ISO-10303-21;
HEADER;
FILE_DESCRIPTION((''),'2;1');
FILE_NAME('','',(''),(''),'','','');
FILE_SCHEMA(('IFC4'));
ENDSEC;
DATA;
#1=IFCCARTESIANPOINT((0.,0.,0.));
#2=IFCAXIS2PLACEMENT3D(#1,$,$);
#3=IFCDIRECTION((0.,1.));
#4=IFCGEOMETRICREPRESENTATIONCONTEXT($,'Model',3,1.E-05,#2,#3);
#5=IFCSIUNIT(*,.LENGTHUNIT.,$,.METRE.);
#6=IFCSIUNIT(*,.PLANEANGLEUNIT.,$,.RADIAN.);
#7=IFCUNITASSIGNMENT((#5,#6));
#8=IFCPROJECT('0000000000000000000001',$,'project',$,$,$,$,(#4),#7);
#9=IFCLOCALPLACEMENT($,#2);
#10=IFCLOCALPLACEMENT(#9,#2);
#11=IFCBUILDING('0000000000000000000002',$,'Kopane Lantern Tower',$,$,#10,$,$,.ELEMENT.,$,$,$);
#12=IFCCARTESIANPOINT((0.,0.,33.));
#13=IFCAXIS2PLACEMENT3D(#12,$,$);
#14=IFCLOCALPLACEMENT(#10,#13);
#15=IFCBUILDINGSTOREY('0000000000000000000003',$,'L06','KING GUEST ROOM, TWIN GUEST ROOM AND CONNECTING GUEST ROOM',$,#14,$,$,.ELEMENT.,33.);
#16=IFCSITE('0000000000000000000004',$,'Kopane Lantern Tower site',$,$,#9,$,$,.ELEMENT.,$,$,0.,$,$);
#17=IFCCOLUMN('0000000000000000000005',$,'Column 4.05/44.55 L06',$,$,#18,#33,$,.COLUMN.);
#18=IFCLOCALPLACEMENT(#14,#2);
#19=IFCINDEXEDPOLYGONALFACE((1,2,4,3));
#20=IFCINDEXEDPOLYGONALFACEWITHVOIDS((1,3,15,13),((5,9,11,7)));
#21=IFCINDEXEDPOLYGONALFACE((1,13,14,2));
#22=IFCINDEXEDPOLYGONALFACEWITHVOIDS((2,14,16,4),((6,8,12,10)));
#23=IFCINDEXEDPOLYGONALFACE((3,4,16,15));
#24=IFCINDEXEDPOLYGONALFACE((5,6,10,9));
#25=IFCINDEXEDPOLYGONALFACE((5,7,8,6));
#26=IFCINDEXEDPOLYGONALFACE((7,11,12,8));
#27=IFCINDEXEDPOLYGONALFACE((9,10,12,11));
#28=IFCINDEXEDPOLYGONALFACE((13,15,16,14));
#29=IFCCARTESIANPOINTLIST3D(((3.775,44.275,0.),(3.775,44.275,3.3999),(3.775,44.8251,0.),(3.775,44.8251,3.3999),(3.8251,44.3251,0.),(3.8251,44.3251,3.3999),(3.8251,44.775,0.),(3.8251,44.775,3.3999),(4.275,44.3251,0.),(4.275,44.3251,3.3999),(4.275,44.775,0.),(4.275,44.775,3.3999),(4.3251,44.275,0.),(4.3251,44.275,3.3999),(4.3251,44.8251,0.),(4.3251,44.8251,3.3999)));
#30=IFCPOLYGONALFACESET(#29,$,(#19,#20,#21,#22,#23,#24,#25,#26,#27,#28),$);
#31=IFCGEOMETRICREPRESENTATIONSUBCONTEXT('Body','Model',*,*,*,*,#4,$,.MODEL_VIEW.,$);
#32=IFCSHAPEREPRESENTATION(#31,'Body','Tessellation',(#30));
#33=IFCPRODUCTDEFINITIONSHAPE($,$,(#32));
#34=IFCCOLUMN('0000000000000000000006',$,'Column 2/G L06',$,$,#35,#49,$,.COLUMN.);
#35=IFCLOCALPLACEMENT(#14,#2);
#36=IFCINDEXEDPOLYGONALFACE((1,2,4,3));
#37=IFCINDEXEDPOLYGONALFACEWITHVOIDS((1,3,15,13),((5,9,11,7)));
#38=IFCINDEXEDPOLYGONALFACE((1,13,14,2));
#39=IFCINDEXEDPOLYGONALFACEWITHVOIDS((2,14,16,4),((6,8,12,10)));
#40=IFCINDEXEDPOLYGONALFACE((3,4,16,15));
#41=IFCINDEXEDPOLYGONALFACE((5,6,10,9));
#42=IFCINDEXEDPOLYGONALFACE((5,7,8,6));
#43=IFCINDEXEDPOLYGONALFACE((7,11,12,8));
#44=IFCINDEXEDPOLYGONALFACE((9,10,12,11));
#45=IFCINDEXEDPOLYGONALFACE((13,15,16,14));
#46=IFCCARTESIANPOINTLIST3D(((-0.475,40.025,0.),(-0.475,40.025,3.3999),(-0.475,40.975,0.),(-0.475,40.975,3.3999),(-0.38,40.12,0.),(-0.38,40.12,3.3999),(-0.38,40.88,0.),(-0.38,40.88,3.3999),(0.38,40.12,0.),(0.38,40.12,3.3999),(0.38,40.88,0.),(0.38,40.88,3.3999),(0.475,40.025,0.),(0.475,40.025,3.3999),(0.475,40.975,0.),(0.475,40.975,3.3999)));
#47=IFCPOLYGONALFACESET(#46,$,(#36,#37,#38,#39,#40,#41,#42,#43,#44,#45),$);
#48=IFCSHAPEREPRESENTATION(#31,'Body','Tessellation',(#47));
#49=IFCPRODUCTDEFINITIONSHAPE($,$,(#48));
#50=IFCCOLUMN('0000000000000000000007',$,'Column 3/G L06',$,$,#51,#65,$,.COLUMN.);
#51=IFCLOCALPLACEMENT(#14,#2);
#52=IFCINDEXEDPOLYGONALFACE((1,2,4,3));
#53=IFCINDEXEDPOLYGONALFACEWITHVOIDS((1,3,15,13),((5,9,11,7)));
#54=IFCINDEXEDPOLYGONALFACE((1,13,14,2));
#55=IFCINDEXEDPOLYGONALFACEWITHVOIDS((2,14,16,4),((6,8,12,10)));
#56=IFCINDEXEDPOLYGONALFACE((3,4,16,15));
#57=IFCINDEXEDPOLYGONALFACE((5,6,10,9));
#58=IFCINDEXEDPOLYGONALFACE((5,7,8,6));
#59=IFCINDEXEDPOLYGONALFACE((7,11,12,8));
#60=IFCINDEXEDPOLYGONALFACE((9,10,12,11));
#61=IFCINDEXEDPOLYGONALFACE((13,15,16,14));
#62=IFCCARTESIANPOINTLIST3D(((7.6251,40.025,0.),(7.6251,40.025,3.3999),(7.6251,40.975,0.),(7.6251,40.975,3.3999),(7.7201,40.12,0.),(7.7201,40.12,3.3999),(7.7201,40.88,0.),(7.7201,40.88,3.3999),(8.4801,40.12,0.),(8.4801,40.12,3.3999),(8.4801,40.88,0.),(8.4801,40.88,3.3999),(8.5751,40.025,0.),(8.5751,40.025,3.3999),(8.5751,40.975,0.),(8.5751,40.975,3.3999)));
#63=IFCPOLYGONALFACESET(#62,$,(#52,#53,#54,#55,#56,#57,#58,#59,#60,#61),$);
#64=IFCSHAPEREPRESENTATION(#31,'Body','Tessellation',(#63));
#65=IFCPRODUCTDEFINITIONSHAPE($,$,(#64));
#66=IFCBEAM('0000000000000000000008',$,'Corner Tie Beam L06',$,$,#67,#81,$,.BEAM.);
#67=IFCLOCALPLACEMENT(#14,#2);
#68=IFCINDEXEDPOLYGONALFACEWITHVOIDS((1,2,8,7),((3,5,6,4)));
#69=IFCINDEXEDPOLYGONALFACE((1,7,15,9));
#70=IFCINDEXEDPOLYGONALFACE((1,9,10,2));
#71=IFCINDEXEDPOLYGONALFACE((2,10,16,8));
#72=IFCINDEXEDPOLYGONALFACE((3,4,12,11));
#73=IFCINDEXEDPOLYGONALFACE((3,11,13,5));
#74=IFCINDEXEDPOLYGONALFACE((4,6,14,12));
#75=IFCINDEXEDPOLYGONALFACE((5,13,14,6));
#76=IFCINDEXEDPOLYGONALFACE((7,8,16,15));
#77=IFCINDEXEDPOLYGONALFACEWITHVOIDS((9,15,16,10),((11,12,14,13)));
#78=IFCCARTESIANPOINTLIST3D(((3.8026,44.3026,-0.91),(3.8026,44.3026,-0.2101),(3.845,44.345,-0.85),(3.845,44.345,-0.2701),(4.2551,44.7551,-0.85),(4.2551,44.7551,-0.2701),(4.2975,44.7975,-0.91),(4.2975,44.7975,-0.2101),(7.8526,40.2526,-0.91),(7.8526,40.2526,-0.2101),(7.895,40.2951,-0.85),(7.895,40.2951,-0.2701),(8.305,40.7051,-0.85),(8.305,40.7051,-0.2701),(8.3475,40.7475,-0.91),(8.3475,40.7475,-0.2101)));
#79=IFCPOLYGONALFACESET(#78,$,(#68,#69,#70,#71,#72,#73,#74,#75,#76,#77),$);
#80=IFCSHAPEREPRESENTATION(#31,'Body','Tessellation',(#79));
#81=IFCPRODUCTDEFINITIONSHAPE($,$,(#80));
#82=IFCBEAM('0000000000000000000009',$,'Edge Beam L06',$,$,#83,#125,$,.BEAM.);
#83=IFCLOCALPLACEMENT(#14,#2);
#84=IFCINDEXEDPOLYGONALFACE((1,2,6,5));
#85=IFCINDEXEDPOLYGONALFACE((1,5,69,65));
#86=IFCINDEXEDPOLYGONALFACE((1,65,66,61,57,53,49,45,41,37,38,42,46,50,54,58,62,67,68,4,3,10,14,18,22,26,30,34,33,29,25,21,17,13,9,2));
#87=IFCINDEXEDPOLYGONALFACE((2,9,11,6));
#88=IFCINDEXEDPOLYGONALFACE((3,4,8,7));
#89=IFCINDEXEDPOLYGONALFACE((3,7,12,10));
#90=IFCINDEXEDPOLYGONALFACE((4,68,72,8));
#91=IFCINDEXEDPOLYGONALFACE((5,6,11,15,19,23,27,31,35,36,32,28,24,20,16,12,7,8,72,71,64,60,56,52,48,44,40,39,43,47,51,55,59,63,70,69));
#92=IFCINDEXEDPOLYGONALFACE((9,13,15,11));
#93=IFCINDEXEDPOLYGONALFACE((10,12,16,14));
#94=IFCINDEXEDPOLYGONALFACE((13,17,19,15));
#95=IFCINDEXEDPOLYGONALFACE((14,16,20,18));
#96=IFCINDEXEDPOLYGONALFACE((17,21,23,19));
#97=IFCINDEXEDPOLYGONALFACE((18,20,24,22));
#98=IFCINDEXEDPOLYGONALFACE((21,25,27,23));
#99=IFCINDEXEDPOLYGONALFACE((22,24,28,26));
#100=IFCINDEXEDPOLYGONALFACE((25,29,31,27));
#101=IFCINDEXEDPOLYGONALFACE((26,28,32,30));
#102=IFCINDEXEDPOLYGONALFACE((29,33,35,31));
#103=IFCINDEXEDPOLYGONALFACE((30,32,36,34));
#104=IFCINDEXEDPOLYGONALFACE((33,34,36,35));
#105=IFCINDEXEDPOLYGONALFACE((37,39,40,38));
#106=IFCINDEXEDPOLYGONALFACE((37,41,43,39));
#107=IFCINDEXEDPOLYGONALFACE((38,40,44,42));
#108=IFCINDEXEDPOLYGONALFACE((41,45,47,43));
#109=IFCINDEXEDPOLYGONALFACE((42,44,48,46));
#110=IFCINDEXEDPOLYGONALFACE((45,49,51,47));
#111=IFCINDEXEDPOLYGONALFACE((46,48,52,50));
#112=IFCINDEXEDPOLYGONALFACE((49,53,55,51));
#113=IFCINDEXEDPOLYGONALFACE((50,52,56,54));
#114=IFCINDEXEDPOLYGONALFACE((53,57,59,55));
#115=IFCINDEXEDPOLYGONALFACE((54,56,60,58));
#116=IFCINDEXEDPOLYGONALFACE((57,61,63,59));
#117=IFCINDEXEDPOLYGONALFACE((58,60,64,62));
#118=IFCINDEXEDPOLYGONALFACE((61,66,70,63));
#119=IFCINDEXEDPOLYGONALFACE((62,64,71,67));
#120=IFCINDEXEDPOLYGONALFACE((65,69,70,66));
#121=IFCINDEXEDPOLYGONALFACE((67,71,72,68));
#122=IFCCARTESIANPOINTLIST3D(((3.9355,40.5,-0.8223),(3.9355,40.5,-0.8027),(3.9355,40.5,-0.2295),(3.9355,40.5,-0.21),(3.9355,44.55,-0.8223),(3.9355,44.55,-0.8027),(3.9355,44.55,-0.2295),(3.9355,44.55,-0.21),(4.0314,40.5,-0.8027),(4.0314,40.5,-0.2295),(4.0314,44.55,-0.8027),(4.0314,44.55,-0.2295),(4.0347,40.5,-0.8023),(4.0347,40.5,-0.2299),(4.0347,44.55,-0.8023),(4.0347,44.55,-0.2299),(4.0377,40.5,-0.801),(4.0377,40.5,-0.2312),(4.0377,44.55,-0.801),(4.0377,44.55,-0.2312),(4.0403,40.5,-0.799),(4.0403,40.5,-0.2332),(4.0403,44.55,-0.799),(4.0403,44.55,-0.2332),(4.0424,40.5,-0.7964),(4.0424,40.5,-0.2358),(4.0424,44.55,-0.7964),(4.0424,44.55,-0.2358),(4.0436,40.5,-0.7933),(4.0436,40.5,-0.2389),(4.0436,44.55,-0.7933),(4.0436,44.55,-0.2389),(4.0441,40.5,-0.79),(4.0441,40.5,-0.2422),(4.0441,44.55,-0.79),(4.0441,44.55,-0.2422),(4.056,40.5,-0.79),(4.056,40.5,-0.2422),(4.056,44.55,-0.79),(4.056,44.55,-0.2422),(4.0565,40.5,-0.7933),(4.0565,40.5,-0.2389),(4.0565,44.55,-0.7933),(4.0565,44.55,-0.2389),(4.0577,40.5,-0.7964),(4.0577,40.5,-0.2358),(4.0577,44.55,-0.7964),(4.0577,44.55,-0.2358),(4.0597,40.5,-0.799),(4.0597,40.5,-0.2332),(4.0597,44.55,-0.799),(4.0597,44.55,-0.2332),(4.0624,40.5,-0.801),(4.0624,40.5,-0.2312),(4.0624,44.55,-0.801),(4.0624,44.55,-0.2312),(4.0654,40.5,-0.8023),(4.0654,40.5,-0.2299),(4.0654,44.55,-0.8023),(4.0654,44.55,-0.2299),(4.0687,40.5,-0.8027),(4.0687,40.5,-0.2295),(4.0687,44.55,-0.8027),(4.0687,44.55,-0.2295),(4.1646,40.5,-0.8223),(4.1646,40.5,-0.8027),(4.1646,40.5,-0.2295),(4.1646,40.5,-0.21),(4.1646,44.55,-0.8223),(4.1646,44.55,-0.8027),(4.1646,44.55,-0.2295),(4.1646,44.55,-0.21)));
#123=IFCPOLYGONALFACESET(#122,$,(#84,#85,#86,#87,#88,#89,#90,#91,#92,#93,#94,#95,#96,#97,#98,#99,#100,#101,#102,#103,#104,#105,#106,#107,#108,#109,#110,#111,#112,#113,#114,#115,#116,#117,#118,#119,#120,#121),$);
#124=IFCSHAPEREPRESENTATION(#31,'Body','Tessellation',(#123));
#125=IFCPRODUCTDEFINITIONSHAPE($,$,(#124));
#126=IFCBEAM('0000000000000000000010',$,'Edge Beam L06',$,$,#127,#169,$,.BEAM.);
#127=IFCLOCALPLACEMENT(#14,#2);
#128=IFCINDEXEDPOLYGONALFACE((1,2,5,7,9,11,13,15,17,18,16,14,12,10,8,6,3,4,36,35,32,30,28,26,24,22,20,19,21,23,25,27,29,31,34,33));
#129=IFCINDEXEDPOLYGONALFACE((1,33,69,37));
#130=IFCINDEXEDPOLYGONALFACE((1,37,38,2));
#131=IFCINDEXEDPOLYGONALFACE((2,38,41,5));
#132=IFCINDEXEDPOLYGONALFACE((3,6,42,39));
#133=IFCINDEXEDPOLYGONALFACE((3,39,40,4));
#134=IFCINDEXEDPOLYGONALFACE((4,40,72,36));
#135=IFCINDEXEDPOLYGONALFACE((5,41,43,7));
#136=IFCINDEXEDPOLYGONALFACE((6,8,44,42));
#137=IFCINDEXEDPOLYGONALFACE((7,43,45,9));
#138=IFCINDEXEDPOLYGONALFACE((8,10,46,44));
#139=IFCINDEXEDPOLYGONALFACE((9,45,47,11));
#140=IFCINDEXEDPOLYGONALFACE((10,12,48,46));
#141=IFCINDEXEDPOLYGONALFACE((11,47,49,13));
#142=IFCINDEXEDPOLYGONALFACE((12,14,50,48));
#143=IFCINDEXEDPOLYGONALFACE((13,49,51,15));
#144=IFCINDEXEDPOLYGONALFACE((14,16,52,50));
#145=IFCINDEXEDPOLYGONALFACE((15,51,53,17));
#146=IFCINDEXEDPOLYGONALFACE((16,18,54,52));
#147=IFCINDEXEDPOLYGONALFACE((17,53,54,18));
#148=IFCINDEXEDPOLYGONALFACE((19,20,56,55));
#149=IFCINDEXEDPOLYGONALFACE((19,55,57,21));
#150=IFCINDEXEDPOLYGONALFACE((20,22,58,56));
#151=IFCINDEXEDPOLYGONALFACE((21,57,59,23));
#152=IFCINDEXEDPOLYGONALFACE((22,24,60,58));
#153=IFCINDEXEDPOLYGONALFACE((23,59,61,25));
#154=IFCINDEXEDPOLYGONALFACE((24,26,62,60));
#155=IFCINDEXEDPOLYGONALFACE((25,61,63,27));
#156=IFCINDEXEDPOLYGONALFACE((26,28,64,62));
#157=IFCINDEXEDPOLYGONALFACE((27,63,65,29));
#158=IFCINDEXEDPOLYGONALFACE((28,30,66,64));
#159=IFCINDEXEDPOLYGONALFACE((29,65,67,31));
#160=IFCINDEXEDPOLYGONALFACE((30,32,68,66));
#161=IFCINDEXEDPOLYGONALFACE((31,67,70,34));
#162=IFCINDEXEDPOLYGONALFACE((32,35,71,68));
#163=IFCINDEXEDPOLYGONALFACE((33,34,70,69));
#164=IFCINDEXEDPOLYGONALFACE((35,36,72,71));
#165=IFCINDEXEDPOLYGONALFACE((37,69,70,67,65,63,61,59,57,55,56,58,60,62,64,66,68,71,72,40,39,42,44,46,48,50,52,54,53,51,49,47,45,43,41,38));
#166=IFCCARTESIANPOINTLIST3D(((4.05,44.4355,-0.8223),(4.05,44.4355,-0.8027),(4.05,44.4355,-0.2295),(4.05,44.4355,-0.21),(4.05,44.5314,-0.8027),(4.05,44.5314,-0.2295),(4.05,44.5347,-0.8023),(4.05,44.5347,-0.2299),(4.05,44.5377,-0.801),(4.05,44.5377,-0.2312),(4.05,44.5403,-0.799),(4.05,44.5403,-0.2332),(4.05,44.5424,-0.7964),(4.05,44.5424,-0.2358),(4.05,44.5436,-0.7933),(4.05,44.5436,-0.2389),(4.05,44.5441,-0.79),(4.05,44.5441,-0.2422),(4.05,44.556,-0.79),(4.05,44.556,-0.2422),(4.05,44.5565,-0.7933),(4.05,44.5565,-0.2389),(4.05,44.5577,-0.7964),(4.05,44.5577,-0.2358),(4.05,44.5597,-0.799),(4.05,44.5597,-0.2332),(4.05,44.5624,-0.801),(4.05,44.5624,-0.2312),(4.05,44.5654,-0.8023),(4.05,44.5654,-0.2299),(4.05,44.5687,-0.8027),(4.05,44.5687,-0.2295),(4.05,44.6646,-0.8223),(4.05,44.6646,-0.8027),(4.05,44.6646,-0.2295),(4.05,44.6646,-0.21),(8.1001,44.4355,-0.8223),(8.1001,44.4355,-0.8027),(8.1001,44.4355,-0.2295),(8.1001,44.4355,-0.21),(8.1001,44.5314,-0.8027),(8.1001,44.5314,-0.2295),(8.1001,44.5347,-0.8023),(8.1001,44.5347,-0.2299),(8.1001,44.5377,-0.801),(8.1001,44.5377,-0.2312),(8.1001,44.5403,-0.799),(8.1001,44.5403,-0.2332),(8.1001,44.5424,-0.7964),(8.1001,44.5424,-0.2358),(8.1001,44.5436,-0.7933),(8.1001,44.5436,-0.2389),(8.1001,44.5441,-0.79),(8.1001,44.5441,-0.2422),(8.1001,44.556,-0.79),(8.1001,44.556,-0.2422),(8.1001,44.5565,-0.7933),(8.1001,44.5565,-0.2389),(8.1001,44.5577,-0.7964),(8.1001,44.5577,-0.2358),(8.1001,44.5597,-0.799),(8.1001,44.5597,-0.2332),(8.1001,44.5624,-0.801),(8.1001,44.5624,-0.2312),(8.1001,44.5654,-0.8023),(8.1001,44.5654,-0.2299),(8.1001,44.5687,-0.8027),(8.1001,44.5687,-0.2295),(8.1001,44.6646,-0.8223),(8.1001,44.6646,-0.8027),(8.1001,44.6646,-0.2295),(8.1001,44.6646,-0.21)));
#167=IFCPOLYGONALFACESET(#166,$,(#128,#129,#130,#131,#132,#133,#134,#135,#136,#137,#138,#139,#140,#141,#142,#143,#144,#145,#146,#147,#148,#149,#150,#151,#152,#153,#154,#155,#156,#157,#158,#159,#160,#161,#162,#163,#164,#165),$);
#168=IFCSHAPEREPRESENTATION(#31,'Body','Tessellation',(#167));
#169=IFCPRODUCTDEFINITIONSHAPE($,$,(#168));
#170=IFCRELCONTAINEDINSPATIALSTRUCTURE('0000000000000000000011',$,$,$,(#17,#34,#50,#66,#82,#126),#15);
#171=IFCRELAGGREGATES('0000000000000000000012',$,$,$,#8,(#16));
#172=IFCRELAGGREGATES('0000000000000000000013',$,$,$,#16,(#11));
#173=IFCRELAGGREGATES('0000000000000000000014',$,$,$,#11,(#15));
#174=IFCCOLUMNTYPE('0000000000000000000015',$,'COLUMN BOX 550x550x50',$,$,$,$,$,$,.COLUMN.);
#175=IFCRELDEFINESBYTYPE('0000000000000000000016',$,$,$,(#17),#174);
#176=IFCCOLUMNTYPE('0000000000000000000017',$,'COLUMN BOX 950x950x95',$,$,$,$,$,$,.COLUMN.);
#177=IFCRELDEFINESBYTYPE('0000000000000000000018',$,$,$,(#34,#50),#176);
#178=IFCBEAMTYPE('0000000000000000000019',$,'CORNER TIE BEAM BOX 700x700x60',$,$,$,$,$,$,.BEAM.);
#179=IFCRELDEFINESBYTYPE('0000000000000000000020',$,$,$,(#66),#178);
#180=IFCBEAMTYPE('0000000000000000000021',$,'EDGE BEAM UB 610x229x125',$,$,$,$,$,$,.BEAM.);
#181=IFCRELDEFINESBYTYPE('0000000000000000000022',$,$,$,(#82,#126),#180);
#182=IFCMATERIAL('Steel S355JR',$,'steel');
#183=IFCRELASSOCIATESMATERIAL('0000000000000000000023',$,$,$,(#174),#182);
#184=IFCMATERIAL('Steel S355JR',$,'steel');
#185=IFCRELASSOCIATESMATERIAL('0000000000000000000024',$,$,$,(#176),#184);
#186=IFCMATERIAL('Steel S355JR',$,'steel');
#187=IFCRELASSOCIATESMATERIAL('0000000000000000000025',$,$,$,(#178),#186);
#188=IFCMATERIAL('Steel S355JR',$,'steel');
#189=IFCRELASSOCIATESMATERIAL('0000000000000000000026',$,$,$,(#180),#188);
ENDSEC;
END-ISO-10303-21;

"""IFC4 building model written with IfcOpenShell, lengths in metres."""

from ifc_helpers import new_model, si_unit, direction, frame, origin, origin_2d, place, context, subcontext, project, spatial, hollow_rectangle, i_section, extrude, material, material_profile, profile_set, type_object, element, save


model = new_model("IFC4")

# Units and contexts
model_context = context("Model", 3, precision=1e-05, world=origin(), true_north=direction((0.0, 1.0)))
body_context = subcontext(model_context, "Body", "Model", "MODEL_VIEW")
ifc_project = project(units=[si_unit("LENGTHUNIT", "METRE"), si_unit("PLANEANGLEUNIT", "RADIAN")], contexts=[model_context])

# Site, building, storey
site_placement = place(None, origin())
site = spatial("IfcSite", under=ifc_project, at=site_placement, Name="Kopane Lantern Tower site", CompositionType="ELEMENT", RefElevation=0.0)
building_placement = place(site_placement, origin())
building = spatial("IfcBuilding", under=site, at=building_placement, Name="Kopane Lantern Tower", CompositionType="ELEMENT")
storey_placement = place(building_placement, frame((0.0, 0.0, 33.0)))
storey = spatial("IfcBuildingStorey", under=building, at=storey_placement, Name="L06", Description="KING GUEST ROOM, TWIN GUEST ROOM AND CONNECTING GUEST ROOM", CompositionType="ELEMENT", Elevation=33.0)

# Columns
ifc_material_1 = material(Name="Steel S355JR", Category="steel")
ifc_material_profile_1 = material_profile(ifc_material_1, hollow_rectangle(XDim=0.55, YDim=0.55, WallThickness=0.05, at=origin_2d()), Name="BOX 550x550x50")
ifc_profile_set_1 = profile_set([ifc_material_profile_1], Name="Steel S355JR")
column_type_1 = type_object("IfcColumnType", Name="COLUMN BOX 550x550x50", PredefinedType="COLUMN", material=ifc_profile_set_1)
column_placement = place(storey_placement, frame((4.05, 44.55, 0.0), z_axis=(0.0, 0.0, 1.0), x_axis=(1.0, 0.0, 0.0)))
element("IfcColumn", 1, at=column_placement, inside=storey, type_object=column_type_1, Name="Column 4.05/44.55 L06", PredefinedType="COLUMN", context=body_context, shape_type="SweptSolid", body=[
    extrude(hollow_rectangle(XDim=0.55, YDim=0.55, WallThickness=0.05, at=origin_2d()), origin(), (0.0, 0.0, 1.0), 3.3999),
])
ifc_material_2 = material(Name="Steel S355JR", Category="steel")
ifc_material_profile_2 = material_profile(ifc_material_2, hollow_rectangle(XDim=0.95, YDim=0.95, WallThickness=0.095, at=origin_2d()), Name="BOX 950x950x95")
ifc_profile_set_2 = profile_set([ifc_material_profile_2], Name="Steel S355JR")
column_type_2 = type_object("IfcColumnType", Name="COLUMN BOX 950x950x95", PredefinedType="COLUMN", material=ifc_profile_set_2)
for number, where, z_axis, x_axis, name in (
    (2, (0.0, 40.5, 0.0), (0.0, 0.0, 1.0), (1.0, 0.0, 0.0), "Column 2/G L06"),
    (3, (8.1001, 40.5, 0.0), (0.0, 0.0, 1.0), (1.0, 0.0, 0.0), "Column 3/G L06"),
):
    element("IfcColumn", number, at=place(storey_placement, frame(where, z_axis=z_axis, x_axis=x_axis)), inside=storey, type_object=column_type_2, Name=name, PredefinedType="COLUMN", context=body_context, shape_type="SweptSolid", body=[
        extrude(hollow_rectangle(XDim=0.95, YDim=0.95, WallThickness=0.095, at=origin_2d()), origin(), (0.0, 0.0, 1.0), 3.3999),
    ])

# Beams
ifc_material_3 = material(Name="Steel S355JR", Category="steel")
ifc_material_profile_3 = material_profile(ifc_material_3, hollow_rectangle(XDim=0.7, YDim=0.7, WallThickness=0.0601, at=origin_2d()), Name="BOX 700x700x60")
ifc_profile_set_3 = profile_set([ifc_material_profile_3], Name="Steel S355JR")
beam_type_1 = type_object("IfcBeamType", Name="CORNER TIE BEAM BOX 700x700x60", PredefinedType="BEAM", material=ifc_profile_set_3)
beam_1_placement = place(storey_placement, frame((4.05, 44.55, -0.5601), z_axis=(0.707107, -0.707107, 0.0), x_axis=(0.707107, 0.707107, 0.0)))
element("IfcBeam", 4, at=beam_1_placement, inside=storey, type_object=beam_type_1, Name="Corner Tie Beam L06", PredefinedType="BEAM", context=body_context, shape_type="SweptSolid", body=[
    extrude(hollow_rectangle(XDim=0.7, YDim=0.7, WallThickness=0.0601, at=origin_2d()), origin(), (0.0, 0.0, 1.0), 5.7275),
])
ifc_material_4 = material(Name="Steel S355JR", Category="steel")
ifc_material_profile_4 = material_profile(ifc_material_4, i_section(OverallWidth=0.229, OverallDepth=0.6123, WebThickness=0.012, FlangeThickness=0.0195, FilletRadius=0.0127, at=origin_2d()), Name="UB 610x229x125")
ifc_profile_set_4 = profile_set([ifc_material_profile_4], Name="Steel S355JR")
beam_type_2 = type_object("IfcBeamType", Name="EDGE BEAM UB 610x229x125", PredefinedType="BEAM", material=ifc_profile_set_4)
for number, where, z_axis, x_axis, name in (
    (5, (4.05, 44.55, -0.5161), (0.0, -1.0, 0.0), (1.0, 0.0, 0.0), "Edge Beam L06"),
    (6, (4.05, 44.55, -0.5161), (1.0, 0.0, 0.0), (0.0, 1.0, 0.0), "Edge Beam L06"),
):
    element("IfcBeam", number, at=place(storey_placement, frame(where, z_axis=z_axis, x_axis=x_axis)), inside=storey, type_object=beam_type_2, Name=name, PredefinedType="BEAM", context=body_context, shape_type="SweptSolid", body=[
        extrude(i_section(OverallWidth=0.229, OverallDepth=0.6123, WebThickness=0.012, FlangeThickness=0.0195, FilletRadius=0.0127, at=origin_2d()), origin(), (0.0, 0.0, 1.0), 4.05),
    ])

save(model, "model.ifc")
